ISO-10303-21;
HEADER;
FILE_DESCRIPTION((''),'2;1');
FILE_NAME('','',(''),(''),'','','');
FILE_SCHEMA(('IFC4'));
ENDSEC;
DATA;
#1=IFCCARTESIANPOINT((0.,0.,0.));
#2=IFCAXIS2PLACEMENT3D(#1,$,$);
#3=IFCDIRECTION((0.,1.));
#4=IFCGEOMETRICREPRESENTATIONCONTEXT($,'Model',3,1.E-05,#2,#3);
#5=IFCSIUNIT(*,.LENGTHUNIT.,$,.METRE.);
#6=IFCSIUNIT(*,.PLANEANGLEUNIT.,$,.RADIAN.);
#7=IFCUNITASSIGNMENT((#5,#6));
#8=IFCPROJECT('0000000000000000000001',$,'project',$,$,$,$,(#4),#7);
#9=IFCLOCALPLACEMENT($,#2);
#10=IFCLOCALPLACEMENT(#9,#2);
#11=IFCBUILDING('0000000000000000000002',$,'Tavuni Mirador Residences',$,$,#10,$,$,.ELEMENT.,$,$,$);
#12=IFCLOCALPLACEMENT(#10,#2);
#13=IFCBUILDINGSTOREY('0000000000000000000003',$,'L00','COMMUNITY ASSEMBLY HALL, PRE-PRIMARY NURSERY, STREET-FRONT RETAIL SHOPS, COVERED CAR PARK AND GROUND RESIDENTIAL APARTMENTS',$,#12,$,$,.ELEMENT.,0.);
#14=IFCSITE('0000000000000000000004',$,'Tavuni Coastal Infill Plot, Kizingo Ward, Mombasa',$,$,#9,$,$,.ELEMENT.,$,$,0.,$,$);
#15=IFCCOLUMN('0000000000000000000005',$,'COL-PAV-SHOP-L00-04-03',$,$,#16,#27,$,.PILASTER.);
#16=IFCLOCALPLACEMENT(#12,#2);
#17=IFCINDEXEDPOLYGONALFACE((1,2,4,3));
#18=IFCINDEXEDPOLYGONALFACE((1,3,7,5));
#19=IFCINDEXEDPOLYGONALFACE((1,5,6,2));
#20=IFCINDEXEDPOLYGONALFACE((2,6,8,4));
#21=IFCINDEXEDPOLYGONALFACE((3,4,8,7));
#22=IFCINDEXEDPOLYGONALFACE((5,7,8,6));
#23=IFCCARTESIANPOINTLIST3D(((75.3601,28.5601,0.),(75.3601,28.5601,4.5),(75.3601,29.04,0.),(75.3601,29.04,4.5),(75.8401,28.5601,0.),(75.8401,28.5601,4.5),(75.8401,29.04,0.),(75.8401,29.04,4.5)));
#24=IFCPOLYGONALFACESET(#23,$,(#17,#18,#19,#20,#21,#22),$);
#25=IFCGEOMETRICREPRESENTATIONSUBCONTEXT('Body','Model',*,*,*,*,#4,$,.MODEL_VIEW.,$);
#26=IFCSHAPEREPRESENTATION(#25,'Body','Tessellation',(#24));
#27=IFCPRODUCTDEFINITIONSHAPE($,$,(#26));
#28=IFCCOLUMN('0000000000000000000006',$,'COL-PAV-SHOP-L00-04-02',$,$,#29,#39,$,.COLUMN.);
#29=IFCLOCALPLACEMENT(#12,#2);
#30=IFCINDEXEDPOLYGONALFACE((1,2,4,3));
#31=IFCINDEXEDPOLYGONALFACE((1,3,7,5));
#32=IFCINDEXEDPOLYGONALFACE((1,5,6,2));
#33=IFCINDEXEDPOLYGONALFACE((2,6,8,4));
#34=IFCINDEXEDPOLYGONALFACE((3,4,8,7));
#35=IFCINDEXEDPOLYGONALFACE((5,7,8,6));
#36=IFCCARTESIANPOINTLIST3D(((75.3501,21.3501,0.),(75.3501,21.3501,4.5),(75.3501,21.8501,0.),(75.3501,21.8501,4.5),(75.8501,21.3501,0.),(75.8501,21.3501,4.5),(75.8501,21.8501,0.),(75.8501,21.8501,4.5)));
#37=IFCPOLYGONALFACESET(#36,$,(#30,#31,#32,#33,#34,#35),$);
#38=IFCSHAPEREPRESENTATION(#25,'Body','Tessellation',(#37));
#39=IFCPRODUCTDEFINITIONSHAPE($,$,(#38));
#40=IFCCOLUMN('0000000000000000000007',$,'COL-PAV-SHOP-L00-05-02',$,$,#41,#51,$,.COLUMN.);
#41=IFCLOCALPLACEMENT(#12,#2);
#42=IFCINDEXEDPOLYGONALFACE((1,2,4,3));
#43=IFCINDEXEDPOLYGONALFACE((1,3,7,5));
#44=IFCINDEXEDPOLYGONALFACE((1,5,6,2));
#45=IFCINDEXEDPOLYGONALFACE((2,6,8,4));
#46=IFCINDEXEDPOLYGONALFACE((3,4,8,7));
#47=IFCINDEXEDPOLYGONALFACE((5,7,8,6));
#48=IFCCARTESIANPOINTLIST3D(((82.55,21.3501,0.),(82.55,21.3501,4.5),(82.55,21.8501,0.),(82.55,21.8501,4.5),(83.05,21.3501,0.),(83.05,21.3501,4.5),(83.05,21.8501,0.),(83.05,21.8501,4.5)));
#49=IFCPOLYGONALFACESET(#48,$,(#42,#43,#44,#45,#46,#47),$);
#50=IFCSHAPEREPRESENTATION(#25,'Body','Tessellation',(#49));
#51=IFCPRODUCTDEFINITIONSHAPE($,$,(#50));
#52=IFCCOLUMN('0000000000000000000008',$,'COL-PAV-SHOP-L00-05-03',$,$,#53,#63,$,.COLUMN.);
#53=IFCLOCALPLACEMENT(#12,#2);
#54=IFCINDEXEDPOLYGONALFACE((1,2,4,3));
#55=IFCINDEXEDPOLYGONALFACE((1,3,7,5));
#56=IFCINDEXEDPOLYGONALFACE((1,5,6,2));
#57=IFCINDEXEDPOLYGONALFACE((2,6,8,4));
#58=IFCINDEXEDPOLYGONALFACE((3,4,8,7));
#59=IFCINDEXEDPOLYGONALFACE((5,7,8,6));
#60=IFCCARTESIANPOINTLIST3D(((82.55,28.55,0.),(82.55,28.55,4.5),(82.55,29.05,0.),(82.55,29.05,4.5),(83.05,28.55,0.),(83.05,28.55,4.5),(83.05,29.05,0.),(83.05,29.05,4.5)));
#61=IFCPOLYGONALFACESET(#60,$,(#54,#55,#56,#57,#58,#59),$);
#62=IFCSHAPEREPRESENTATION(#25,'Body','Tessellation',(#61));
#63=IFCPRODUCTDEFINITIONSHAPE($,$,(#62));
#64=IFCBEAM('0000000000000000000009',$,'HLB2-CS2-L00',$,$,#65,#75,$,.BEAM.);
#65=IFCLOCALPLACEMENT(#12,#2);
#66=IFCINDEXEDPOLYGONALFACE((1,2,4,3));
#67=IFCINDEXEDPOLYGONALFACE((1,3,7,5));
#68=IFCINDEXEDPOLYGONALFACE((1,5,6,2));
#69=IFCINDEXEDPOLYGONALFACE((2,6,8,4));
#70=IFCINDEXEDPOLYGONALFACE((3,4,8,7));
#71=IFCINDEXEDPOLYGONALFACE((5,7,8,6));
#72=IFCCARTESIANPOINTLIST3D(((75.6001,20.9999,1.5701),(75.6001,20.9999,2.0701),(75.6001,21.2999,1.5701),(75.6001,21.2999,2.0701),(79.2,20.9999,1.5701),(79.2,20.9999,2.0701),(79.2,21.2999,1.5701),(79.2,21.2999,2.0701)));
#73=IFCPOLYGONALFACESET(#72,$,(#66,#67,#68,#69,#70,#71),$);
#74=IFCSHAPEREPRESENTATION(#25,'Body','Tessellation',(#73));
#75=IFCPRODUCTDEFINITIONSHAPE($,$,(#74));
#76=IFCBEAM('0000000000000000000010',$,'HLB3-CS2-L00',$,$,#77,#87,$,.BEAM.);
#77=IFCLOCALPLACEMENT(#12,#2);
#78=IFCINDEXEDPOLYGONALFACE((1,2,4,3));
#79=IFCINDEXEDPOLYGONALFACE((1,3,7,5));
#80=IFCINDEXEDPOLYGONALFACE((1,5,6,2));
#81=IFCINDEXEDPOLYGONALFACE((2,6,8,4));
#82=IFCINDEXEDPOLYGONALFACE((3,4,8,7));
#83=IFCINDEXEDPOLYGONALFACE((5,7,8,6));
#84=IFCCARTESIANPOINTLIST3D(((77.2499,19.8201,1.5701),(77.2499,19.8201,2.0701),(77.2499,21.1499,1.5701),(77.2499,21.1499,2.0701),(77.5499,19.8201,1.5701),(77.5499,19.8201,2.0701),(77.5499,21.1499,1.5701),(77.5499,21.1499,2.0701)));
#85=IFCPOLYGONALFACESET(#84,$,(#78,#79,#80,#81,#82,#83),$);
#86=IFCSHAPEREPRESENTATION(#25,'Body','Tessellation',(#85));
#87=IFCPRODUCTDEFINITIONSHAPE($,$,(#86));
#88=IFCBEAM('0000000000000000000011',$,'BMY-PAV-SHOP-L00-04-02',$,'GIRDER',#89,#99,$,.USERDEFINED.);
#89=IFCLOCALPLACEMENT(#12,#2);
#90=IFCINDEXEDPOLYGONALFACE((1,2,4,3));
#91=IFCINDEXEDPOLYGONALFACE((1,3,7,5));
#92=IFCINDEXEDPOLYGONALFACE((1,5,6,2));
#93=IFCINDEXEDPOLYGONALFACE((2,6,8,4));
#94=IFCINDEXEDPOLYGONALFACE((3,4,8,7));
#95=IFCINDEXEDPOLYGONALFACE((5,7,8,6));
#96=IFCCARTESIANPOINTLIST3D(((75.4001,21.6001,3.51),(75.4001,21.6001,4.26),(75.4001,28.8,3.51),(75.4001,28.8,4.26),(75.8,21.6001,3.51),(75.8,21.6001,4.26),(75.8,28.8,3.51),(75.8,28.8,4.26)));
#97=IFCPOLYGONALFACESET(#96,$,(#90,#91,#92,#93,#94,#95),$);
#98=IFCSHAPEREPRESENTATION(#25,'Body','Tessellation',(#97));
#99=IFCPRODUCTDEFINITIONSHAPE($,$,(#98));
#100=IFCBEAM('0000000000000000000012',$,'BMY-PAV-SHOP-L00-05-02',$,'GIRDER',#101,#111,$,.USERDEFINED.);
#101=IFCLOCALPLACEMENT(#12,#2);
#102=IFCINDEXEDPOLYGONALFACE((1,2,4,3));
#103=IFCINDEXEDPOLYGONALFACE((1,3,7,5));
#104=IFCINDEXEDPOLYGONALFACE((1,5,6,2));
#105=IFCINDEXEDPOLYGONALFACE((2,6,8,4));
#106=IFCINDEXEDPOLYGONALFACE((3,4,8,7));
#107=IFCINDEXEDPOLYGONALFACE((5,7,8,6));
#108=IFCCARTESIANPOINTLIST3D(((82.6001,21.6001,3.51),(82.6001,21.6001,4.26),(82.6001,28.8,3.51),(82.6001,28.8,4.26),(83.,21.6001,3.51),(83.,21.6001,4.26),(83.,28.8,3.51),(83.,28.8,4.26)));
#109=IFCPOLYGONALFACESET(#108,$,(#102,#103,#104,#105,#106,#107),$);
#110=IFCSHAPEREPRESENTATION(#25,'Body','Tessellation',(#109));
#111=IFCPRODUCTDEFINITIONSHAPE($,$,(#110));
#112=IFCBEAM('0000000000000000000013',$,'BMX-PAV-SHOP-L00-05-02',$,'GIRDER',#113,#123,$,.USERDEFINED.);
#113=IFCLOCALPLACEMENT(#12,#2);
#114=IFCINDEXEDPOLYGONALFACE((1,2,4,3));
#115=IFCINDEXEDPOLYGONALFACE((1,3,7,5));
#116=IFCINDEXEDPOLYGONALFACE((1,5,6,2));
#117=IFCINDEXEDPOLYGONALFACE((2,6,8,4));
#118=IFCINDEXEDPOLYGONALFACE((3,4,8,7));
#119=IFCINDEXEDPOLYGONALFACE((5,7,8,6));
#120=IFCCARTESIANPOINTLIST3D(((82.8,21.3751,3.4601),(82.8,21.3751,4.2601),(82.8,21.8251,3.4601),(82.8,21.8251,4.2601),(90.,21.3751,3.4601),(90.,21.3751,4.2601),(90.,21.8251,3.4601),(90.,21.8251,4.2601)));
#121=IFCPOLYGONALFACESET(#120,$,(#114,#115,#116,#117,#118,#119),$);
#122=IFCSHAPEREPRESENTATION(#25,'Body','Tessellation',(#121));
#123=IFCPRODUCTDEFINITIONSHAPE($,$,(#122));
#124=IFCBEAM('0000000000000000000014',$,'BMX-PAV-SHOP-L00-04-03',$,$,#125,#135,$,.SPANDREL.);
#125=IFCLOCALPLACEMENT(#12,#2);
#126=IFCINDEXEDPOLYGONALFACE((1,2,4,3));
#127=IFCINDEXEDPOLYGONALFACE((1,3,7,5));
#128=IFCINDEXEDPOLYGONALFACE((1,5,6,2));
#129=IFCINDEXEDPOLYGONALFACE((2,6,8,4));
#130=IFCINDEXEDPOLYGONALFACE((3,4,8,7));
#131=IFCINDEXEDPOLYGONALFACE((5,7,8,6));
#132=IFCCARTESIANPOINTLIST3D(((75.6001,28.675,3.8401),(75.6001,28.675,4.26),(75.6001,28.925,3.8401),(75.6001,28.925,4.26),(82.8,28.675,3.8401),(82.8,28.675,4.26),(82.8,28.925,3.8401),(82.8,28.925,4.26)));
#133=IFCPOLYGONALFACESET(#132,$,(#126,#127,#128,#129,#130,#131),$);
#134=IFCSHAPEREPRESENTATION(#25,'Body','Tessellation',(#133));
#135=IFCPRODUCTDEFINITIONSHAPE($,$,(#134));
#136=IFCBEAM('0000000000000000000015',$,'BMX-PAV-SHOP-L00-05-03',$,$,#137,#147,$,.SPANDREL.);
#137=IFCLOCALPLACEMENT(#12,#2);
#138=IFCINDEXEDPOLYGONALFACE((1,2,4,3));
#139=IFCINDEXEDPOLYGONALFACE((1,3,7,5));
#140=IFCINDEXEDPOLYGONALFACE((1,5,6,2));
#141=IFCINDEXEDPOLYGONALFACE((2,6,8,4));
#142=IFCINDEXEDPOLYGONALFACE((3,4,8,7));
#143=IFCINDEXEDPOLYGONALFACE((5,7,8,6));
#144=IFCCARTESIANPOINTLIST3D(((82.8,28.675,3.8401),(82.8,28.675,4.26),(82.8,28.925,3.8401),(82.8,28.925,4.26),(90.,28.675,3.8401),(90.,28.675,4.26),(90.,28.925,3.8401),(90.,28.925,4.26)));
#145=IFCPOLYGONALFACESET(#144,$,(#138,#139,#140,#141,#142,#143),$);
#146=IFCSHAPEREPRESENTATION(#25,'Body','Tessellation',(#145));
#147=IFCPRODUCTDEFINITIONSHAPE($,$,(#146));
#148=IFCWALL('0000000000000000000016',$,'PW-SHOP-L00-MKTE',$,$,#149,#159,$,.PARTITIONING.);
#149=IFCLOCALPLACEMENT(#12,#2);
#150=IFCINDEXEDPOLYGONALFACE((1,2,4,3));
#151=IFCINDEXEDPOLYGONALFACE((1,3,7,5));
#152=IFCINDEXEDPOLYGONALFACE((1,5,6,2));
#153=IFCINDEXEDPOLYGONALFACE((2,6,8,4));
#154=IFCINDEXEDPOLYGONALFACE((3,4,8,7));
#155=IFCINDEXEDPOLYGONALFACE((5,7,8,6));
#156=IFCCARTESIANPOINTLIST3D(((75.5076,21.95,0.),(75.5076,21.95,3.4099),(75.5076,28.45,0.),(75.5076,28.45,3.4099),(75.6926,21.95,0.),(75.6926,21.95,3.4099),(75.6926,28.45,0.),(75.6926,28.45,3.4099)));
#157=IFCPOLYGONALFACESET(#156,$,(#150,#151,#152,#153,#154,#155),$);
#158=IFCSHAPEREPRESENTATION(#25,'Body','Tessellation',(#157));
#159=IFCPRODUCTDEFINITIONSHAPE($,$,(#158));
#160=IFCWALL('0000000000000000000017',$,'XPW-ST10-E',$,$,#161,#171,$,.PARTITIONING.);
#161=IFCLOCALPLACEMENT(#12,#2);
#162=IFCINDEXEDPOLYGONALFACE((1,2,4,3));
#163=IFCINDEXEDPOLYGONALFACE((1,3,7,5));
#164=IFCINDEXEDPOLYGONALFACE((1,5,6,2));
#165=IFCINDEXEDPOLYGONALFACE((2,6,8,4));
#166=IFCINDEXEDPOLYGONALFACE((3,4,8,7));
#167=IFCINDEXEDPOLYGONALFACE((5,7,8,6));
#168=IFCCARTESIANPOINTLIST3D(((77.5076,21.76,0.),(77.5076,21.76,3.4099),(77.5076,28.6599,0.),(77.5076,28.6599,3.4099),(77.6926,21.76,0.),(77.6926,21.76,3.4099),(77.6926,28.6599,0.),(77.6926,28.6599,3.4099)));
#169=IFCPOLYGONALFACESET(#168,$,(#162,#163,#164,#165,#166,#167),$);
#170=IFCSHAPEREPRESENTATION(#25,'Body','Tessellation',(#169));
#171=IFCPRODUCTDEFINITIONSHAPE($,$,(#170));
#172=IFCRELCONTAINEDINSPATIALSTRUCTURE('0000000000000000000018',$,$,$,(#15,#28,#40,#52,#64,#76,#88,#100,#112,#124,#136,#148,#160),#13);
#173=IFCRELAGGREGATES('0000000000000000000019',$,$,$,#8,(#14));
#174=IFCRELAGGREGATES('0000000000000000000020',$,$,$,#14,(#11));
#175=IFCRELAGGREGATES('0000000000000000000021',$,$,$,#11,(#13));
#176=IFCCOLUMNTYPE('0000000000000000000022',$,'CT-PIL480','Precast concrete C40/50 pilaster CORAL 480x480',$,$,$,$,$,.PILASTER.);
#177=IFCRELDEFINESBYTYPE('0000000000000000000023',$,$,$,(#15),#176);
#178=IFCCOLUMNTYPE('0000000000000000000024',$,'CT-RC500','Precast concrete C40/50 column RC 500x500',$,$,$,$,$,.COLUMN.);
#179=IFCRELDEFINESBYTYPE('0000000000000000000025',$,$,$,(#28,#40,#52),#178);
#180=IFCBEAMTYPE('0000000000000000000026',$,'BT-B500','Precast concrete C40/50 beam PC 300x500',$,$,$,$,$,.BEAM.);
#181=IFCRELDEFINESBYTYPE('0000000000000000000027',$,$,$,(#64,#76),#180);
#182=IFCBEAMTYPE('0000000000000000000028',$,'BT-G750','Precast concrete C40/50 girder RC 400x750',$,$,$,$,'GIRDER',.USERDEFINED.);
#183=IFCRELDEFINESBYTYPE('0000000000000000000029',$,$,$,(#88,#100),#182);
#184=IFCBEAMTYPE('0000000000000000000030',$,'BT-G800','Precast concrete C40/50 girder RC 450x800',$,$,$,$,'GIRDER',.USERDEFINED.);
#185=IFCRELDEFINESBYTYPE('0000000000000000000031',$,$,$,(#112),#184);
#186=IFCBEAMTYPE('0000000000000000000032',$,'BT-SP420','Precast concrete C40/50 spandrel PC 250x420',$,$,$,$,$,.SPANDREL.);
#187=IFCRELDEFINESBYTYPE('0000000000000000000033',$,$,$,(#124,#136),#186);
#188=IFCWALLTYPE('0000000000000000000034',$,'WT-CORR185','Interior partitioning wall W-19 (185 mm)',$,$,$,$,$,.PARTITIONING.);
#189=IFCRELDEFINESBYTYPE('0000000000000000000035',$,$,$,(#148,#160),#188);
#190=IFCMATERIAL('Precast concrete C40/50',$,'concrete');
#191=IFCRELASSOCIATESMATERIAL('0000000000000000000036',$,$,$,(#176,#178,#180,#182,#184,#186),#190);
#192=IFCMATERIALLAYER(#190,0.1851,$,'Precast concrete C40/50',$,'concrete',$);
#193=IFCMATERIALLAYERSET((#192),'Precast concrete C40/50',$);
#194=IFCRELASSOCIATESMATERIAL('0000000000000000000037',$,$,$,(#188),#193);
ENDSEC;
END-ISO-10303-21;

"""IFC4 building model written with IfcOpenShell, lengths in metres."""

from ifc_helpers import new_model, si_unit, direction, frame, frame_2d, origin, origin_2d, place, context, subcontext, project, spatial, rectangle, extrude, material, layer, layer_set, material_profile, profile_set, type_object, element, save


model = new_model("IFC4")

# Units and contexts
model_context = context("Model", 3, precision=1e-05, world=origin(), true_north=direction((0.0, 1.0)))
body_context = subcontext(model_context, "Body", "Model", "MODEL_VIEW")
ifc_project = project(units=[si_unit("LENGTHUNIT", "METRE"), si_unit("PLANEANGLEUNIT", "RADIAN")], contexts=[model_context])

# Site, building, storey
site_placement = place(None, origin())
site = spatial("IfcSite", under=ifc_project, at=site_placement, Name="Tavuni Coastal Infill Plot, Kizingo Ward, Mombasa", CompositionType="ELEMENT", RefElevation=0.0)
building_placement = place(site_placement, origin())
building = spatial("IfcBuilding", under=site, at=building_placement, Name="Tavuni Mirador Residences", CompositionType="ELEMENT")
storey_placement = place(building_placement, origin())
storey = spatial("IfcBuildingStorey", under=building, at=storey_placement, Name="L00", Description="COMMUNITY ASSEMBLY HALL, PRE-PRIMARY NURSERY, STREET-FRONT RETAIL SHOPS, COVERED CAR PARK AND GROUND RESIDENTIAL APARTMENTS", CompositionType="ELEMENT", Elevation=0.0)

# Columns
ifc_material_1 = material(Name="Precast concrete C40/50", Category="concrete")
ifc_material_profile_1 = material_profile(ifc_material_1, rectangle(XDim=0.48, YDim=0.48, at=origin_2d()), Name="CORAL 480x480", Category="concrete")
ifc_profile_set_1 = profile_set([ifc_material_profile_1], Name="Precast concrete C40/50")
column_type_1 = type_object("IfcColumnType", Name="CT-PIL480", Description="Precast concrete C40/50 pilaster CORAL 480x480", PredefinedType="PILASTER", material=ifc_profile_set_1)
column_placement = place(storey_placement, frame((75.6001, 28.8, 0.0), z_axis=(0.0, 0.0, 1.0), x_axis=(1.0, 0.0, 0.0)))
element("IfcColumn", 1, at=column_placement, inside=storey, type_object=column_type_1, Name="COL-PAV-SHOP-L00-04-03", PredefinedType="PILASTER", context=body_context, shape_type="SweptSolid", body=[
    extrude(rectangle(XDim=0.48, YDim=0.48, at=origin_2d()), origin(), (0.0, 0.0, 1.0), 4.5),
])
ifc_material_profile_2 = material_profile(ifc_material_1, rectangle(XDim=0.5, YDim=0.5, at=origin_2d()), Name="RC 500x500", Category="concrete")
ifc_profile_set_2 = profile_set([ifc_material_profile_2], Name="Precast concrete C40/50")
column_type_2 = type_object("IfcColumnType", Name="CT-RC500", Description="Precast concrete C40/50 column RC 500x500", PredefinedType="COLUMN", material=ifc_profile_set_2)
for number, where, z_axis, x_axis, name in (
    (2, (75.6001, 21.6001, 0.0), (0.0, 0.0, 1.0), (1.0, 0.0, 0.0), "COL-PAV-SHOP-L00-04-02"),
    (3, (82.8, 21.6001, 0.0), (0.0, 0.0, 1.0), (1.0, 0.0, 0.0), "COL-PAV-SHOP-L00-05-02"),
    (4, (82.8, 28.8, 0.0), (0.0, 0.0, 1.0), (1.0, 0.0, 0.0), "COL-PAV-SHOP-L00-05-03"),
):
    element("IfcColumn", number, at=place(storey_placement, frame(where, z_axis=z_axis, x_axis=x_axis)), inside=storey, type_object=column_type_2, Name=name, PredefinedType="COLUMN", context=body_context, shape_type="SweptSolid", body=[
        extrude(rectangle(XDim=0.5, YDim=0.5, at=origin_2d()), origin(), (0.0, 0.0, 1.0), 4.5),
    ])

# Beams
ifc_material_profile_3 = material_profile(ifc_material_1, rectangle(XDim=0.3, YDim=0.5, at=origin_2d()), Name="PC 300x500", Category="concrete")
ifc_profile_set_3 = profile_set([ifc_material_profile_3], Name="Precast concrete C40/50")
beam_type_1 = type_object("IfcBeamType", Name="BT-B500", Description="Precast concrete C40/50 beam PC 300x500", PredefinedType="BEAM", material=ifc_profile_set_3)
beam_1_placement = place(storey_placement, frame((75.6001, 21.1499, 1.8201), z_axis=(1.0, 0.0, 0.0), x_axis=(0.0, 1.0, 0.0)))
element("IfcBeam", 5, at=beam_1_placement, inside=storey, type_object=beam_type_1, Name="HLB2-CS2-L00", PredefinedType="BEAM", context=body_context, shape_type="SweptSolid", body=[
    extrude(rectangle(XDim=0.3, YDim=0.5, at=origin_2d()), origin(), (0.0, 0.0, 1.0), 3.5999),
])
beam_2_placement = place(storey_placement, frame((77.3999, 19.8201, 1.8201), z_axis=(0.0, 1.0, 0.0), x_axis=(-1.0, 0.0, 0.0)))
element("IfcBeam", 6, at=beam_2_placement, inside=storey, type_object=beam_type_1, Name="HLB3-CS2-L00", PredefinedType="BEAM", context=body_context, shape_type="SweptSolid", body=[
    extrude(rectangle(XDim=0.3, YDim=0.5, at=origin_2d()), origin(), (0.0, 0.0, 1.0), 1.3298),
])
ifc_material_profile_4 = material_profile(ifc_material_1, rectangle(XDim=0.3999, YDim=0.75, at=origin_2d()), Name="RC 400x750", Category="concrete")
ifc_profile_set_4 = profile_set([ifc_material_profile_4], Name="Precast concrete C40/50")
beam_type_2 = type_object("IfcBeamType", Name="BT-G750", Description="Precast concrete C40/50 girder RC 400x750", ElementType="GIRDER", PredefinedType="USERDEFINED", material=ifc_profile_set_4)
for number, where, z_axis, x_axis, name in (
    (7, (75.6001, 21.6001, 3.885), (0.0, 1.0, 0.0), (-1.0, 0.0, 0.0), "BMY-PAV-SHOP-L00-04-02"),
    (8, (82.8, 21.6001, 3.885), (0.0, 1.0, 0.0), (-1.0, 0.0, 0.0), "BMY-PAV-SHOP-L00-05-02"),
):
    element("IfcBeam", number, at=place(storey_placement, frame(where, z_axis=z_axis, x_axis=x_axis)), inside=storey, type_object=beam_type_2, Name=name, ObjectType="GIRDER", PredefinedType="USERDEFINED", context=body_context, shape_type="SweptSolid", body=[
        extrude(rectangle(XDim=0.3999, YDim=0.75, at=origin_2d()), origin(), (0.0, 0.0, 1.0), 7.2),
    ])
ifc_material_profile_5 = material_profile(ifc_material_1, rectangle(XDim=0.45, YDim=0.8, at=origin_2d()), Name="RC 450x800", Category="concrete")
ifc_profile_set_5 = profile_set([ifc_material_profile_5], Name="Precast concrete C40/50")
beam_type_3 = type_object("IfcBeamType", Name="BT-G800", Description="Precast concrete C40/50 girder RC 450x800", ElementType="GIRDER", PredefinedType="USERDEFINED", material=ifc_profile_set_5)
beam_3_placement = place(storey_placement, frame((82.8, 21.6001, 3.8601), z_axis=(1.0, 0.0, 0.0), x_axis=(0.0, 1.0, 0.0)))
element("IfcBeam", 9, at=beam_3_placement, inside=storey, type_object=beam_type_3, Name="BMX-PAV-SHOP-L00-05-02", ObjectType="GIRDER", PredefinedType="USERDEFINED", context=body_context, shape_type="SweptSolid", body=[
    extrude(rectangle(XDim=0.45, YDim=0.8, at=origin_2d()), origin(), (0.0, 0.0, 1.0), 7.2),
])
ifc_material_profile_6 = material_profile(ifc_material_1, rectangle(XDim=0.25, YDim=0.4199, at=origin_2d()), Name="PC 250x420", Category="concrete")
ifc_profile_set_6 = profile_set([ifc_material_profile_6], Name="Precast concrete C40/50")
beam_type_4 = type_object("IfcBeamType", Name="BT-SP420", Description="Precast concrete C40/50 spandrel PC 250x420", PredefinedType="SPANDREL", material=ifc_profile_set_6)
for number, where, z_axis, x_axis, name in (
    (10, (75.6001, 28.8, 4.05), (1.0, 0.0, 0.0), (0.0, 1.0, 0.0), "BMX-PAV-SHOP-L00-04-03"),
    (11, (82.8, 28.8, 4.05), (1.0, 0.0, 0.0), (0.0, 1.0, 0.0), "BMX-PAV-SHOP-L00-05-03"),
):
    element("IfcBeam", number, at=place(storey_placement, frame(where, z_axis=z_axis, x_axis=x_axis)), inside=storey, type_object=beam_type_4, Name=name, PredefinedType="SPANDREL", context=body_context, shape_type="SweptSolid", body=[
        extrude(rectangle(XDim=0.25, YDim=0.4199, at=origin_2d()), origin(), (0.0, 0.0, 1.0), 7.2),
    ])

# Walls
ifc_layer_1 = layer(ifc_material_1, 0.1851, Name="Precast concrete C40/50", Category="concrete")
ifc_layer_set_1 = layer_set([ifc_layer_1], Name="Precast concrete C40/50")
wall_type_1 = type_object("IfcWallType", Name="WT-CORR185", Description="Interior partitioning wall W-19 (185 mm)", PredefinedType="PARTITIONING", material=ifc_layer_set_1)
wall_1_placement = place(storey_placement, frame((75.6001, 21.95, 0.0), z_axis=(0.0, 0.0, 1.0), x_axis=(0.0, 1.0, 0.0)))
element("IfcWall", 12, at=wall_1_placement, inside=storey, type_object=wall_type_1, Name="PW-SHOP-L00-MKTE", PredefinedType="PARTITIONING", context=body_context, shape_type="SweptSolid", body=[
    extrude(rectangle(XDim=6.5, YDim=0.1851, at=frame_2d((3.25, 0.0))), origin(), (0.0, 0.0, 1.0), 3.4099),
])
wall_2_placement = place(storey_placement, frame((77.6001, 21.76, 0.0), z_axis=(0.0, 0.0, 1.0), x_axis=(0.0, 1.0, 0.0)))
element("IfcWall", 13, at=wall_2_placement, inside=storey, type_object=wall_type_1, Name="XPW-ST10-E", PredefinedType="PARTITIONING", context=body_context, shape_type="SweptSolid", body=[
    extrude(rectangle(XDim=6.8999, YDim=0.1851, at=frame_2d((3.45, 0.0))), origin(), (0.0, 0.0, 1.0), 3.4099),
])

save(model, "model.ifc")
